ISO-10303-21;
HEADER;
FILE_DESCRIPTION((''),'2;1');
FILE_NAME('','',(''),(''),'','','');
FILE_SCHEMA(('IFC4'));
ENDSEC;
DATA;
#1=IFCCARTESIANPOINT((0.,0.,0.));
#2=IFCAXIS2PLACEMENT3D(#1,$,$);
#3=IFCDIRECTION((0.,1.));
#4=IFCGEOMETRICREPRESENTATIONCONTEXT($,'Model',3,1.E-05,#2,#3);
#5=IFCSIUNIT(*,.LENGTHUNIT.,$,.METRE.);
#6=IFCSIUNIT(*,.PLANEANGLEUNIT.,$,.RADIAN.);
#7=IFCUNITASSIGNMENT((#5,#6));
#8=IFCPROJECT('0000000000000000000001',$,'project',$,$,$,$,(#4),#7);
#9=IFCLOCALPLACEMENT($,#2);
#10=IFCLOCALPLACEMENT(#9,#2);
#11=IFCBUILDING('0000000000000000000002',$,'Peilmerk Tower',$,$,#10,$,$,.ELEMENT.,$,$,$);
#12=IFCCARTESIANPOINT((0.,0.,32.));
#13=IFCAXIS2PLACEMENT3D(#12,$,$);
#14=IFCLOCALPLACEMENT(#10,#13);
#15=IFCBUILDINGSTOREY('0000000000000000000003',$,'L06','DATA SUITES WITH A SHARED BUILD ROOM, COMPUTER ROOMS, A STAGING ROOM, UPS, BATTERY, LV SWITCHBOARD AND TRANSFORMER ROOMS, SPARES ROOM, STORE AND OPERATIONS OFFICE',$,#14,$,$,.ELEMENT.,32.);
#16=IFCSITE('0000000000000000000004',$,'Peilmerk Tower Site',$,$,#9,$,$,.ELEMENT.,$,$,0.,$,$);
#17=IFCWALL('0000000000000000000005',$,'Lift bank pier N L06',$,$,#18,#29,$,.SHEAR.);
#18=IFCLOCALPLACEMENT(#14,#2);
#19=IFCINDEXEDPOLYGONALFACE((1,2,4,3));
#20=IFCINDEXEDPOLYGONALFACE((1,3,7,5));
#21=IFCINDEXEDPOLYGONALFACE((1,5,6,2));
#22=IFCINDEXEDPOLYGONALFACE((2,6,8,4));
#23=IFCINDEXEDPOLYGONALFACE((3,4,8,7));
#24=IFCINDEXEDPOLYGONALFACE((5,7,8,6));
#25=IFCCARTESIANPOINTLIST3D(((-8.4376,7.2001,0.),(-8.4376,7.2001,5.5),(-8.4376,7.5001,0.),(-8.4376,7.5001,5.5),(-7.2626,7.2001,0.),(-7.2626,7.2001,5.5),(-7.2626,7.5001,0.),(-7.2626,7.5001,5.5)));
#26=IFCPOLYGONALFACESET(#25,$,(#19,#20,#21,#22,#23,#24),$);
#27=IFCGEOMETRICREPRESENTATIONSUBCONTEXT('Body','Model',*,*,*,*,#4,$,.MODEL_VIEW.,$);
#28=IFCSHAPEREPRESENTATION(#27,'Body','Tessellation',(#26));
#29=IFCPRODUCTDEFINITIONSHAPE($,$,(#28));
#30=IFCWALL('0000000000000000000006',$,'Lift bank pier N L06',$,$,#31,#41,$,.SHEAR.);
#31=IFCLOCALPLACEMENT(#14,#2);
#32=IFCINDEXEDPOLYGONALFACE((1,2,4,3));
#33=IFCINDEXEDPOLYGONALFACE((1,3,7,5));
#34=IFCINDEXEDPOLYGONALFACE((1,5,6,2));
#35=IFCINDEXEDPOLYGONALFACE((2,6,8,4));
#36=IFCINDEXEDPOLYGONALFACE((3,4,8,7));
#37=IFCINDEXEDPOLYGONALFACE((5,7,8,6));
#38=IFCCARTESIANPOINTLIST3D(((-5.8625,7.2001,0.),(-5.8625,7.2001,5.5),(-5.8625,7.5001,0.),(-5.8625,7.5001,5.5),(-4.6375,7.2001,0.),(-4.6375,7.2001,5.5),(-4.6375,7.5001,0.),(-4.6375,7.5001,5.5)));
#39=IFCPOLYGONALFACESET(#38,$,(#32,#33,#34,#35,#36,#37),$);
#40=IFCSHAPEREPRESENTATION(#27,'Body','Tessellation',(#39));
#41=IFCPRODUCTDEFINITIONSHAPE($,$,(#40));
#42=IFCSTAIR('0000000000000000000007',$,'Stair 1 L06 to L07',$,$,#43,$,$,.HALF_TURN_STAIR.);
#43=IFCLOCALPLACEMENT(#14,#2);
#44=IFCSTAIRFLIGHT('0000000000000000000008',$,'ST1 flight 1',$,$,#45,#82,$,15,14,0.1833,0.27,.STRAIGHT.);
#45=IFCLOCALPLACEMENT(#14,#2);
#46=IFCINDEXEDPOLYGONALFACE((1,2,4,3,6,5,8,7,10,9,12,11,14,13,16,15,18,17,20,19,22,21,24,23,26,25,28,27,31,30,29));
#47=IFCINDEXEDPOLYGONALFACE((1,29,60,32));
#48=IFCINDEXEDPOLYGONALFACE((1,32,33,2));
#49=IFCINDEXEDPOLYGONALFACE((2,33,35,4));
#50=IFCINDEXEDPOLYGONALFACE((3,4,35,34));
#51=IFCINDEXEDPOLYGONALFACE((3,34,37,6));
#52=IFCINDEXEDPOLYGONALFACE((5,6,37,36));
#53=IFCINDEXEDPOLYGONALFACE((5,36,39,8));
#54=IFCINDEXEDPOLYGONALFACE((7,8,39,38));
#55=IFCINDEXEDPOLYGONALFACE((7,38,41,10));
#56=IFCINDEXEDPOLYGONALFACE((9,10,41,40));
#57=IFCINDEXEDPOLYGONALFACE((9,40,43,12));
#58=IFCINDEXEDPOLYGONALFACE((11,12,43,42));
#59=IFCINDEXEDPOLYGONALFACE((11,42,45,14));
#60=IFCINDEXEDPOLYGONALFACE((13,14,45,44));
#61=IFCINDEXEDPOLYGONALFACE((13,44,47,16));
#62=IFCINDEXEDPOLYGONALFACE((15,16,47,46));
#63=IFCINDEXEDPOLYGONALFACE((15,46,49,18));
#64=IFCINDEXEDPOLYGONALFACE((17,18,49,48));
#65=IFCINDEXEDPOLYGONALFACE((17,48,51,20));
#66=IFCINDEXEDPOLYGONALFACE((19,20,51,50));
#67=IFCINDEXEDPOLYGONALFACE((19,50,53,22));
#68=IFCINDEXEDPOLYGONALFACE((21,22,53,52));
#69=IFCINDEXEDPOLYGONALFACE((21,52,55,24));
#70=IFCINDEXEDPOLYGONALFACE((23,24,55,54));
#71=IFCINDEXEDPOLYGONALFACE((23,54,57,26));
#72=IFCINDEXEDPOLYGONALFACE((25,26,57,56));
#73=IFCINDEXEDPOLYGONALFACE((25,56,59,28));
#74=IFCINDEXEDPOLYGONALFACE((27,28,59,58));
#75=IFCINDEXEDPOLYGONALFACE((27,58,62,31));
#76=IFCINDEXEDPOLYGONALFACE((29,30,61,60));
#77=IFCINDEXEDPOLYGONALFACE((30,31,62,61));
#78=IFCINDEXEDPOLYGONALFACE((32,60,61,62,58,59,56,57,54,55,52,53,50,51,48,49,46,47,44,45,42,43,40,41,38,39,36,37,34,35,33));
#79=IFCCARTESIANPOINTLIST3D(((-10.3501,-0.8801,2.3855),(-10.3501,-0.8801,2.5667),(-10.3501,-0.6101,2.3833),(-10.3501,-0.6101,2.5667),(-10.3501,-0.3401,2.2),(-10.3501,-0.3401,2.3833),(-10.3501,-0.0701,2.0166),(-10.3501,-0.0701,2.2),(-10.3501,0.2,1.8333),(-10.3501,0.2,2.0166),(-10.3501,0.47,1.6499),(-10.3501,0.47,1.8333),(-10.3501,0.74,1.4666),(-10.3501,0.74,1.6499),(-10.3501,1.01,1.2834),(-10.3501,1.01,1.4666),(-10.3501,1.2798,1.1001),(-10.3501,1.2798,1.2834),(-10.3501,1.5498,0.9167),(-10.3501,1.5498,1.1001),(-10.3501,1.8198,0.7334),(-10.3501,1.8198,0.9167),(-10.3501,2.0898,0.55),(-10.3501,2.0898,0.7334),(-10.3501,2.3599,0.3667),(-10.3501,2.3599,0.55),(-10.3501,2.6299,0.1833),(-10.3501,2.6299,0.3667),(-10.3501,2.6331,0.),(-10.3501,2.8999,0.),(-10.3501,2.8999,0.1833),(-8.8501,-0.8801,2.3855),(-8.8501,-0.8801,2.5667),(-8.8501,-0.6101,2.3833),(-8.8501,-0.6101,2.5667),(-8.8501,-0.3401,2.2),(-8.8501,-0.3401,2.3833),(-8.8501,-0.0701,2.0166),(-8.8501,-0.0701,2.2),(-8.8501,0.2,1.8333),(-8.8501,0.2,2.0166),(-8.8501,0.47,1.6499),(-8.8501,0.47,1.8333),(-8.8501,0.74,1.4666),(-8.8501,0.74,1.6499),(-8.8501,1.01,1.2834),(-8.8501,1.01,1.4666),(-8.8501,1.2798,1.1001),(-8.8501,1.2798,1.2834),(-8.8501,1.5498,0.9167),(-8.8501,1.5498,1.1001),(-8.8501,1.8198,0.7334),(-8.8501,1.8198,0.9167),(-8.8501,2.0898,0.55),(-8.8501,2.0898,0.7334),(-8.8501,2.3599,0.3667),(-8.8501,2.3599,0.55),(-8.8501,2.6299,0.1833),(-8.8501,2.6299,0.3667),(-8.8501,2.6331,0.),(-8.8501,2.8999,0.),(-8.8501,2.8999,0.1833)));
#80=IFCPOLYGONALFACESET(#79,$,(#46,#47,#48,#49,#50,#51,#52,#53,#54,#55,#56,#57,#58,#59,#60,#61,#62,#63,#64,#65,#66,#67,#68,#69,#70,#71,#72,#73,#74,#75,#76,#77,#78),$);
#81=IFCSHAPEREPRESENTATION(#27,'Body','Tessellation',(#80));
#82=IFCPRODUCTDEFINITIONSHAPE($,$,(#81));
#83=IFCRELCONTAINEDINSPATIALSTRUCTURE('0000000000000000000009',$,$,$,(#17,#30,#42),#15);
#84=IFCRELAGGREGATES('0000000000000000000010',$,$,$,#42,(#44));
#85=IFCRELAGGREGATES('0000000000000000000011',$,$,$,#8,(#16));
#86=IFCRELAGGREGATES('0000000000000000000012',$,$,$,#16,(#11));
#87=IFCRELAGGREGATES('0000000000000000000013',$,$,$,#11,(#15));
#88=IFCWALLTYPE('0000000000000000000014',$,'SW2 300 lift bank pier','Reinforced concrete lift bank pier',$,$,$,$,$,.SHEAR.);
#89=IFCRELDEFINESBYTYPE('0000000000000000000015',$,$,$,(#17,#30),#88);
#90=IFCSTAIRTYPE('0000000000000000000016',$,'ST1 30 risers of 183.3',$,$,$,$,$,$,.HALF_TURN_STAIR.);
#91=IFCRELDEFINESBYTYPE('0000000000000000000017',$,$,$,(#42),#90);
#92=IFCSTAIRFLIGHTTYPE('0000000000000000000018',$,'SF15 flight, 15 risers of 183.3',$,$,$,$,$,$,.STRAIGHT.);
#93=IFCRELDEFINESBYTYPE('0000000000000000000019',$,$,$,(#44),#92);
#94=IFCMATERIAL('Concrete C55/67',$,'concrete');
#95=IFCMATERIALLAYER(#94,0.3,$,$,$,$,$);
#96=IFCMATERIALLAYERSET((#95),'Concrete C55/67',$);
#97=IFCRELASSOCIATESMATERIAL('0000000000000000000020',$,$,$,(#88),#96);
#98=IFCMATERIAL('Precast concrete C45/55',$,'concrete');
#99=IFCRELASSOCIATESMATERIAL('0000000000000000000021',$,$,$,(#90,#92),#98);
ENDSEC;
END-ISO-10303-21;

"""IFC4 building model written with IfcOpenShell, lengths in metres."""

from ifc_helpers import new_model, si_unit, direction, frame, frame_2d, origin, place, context, subcontext, project, spatial, polyline, rectangle, outline, extrude, material, layer, layer_set, type_object, element, aggregate, save


model = new_model("IFC4")

# Units and contexts
model_context = context("Model", 3, precision=1e-05, world=origin(), true_north=direction((0.0, 1.0)))
body_context = subcontext(model_context, "Body", "Model", "MODEL_VIEW")
ifc_project = project(units=[si_unit("LENGTHUNIT", "METRE"), si_unit("PLANEANGLEUNIT", "RADIAN")], contexts=[model_context])

# Site, building, storey
site_placement = place(None, origin())
site = spatial("IfcSite", under=ifc_project, at=site_placement, Name="Peilmerk Tower Site", CompositionType="ELEMENT", RefElevation=0.0)
building_placement = place(site_placement, origin())
building = spatial("IfcBuilding", under=site, at=building_placement, Name="Peilmerk Tower", CompositionType="ELEMENT")
storey_placement = place(building_placement, frame((0.0, 0.0, 32.0)))
storey = spatial("IfcBuildingStorey", under=building, at=storey_placement, Name="L06", Description="DATA SUITES WITH A SHARED BUILD ROOM, COMPUTER ROOMS, A STAGING ROOM, UPS, BATTERY, LV SWITCHBOARD AND TRANSFORMER ROOMS, SPARES ROOM, STORE AND OPERATIONS OFFICE", CompositionType="ELEMENT", Elevation=32.0)

# Walls
ifc_material_1 = material(Name="Concrete C55/67", Category="concrete")
ifc_layer_1 = layer(ifc_material_1, 0.3)
ifc_layer_set_1 = layer_set([ifc_layer_1], Name="Concrete C55/67")
wall_type_1 = type_object("IfcWallType", Name="SW2 300 lift bank pier", Description="Reinforced concrete lift bank pier", PredefinedType="SHEAR", material=ifc_layer_set_1)
wall_1_placement = place(storey_placement, frame((-8.4375, 7.3501, 0.0), z_axis=(0.0, 0.0, 1.0), x_axis=(1.0, 0.0, 0.0)))
element("IfcWall", 1, at=wall_1_placement, inside=storey, type_object=wall_type_1, Name="Lift bank pier N L06", PredefinedType="SHEAR", context=body_context, shape_type="SweptSolid", body=[
    extrude(rectangle(XDim=1.175, YDim=0.3, at=frame_2d((0.5874, 0.0))), origin(), (0.0, 0.0, 1.0), 5.5),
])
wall_2_placement = place(storey_placement, frame((-5.8625, 7.3501, 0.0), z_axis=(0.0, 0.0, 1.0), x_axis=(1.0, 0.0, 0.0)))
element("IfcWall", 2, at=wall_2_placement, inside=storey, type_object=wall_type_1, Name="Lift bank pier N L06", PredefinedType="SHEAR", context=body_context, shape_type="SweptSolid", body=[
    extrude(rectangle(XDim=1.2251, YDim=0.3, at=frame_2d((0.6125, 0.0))), origin(), (0.0, 0.0, 1.0), 5.5),
])

# Stair, stair flight
ifc_material_2 = material(Name="Precast concrete C45/55", Category="concrete")
stair_type = type_object("IfcStairType", Name="ST1 30 risers of 183.3", PredefinedType="HALF_TURN_STAIR", material=ifc_material_2)
stair_placement = place(storey_placement, origin())
stair = element("IfcStair", 3, at=stair_placement, inside=storey, type_object=stair_type, Name="Stair 1 L06 to L07", PredefinedType="HALF_TURN_STAIR")
stair_flight_type = type_object("IfcStairFlightType", Name="SF15 flight, 15 risers of 183.3", PredefinedType="STRAIGHT", material=ifc_material_2)
stair_flight_placement = place(storey_placement, frame((-9.6001, 2.8999, 0.0), z_axis=(0.0, 0.0, 1.0), x_axis=(0.0, -1.0, 0.0)))
stair_flight = element("IfcStairFlight", 4, at=stair_flight_placement, type_object=stair_flight_type, Name="ST1 flight 1", NumberOfRisers=15, NumberOfTreads=14, PredefinedType="STRAIGHT", RiserHeight=0.1833, TreadLength=0.27, context=body_context, shape_type="SweptSolid", body=[
    extrude(outline(polyline([(0.0, 0.0), (0.0, 0.1833), (0.27, 0.1833), (0.27, 0.3667), (0.54, 0.3667), (0.54, 0.55), (0.8101, 0.55), (0.8101, 0.7334), (1.0801, 0.7334), (1.0801, 0.9167), (1.3501, 0.9167), (1.3501, 1.1001), (1.6201, 1.1001), (1.6201, 1.2834), (1.8899, 1.2834), (1.8899, 1.4666), (2.1599, 1.4666), (2.1599, 1.6499), (2.4299, 1.6499), (2.4299, 1.8333), (2.7, 1.8333), (2.7, 2.0166), (2.97, 2.0166), (2.97, 2.2), (3.24, 2.2), (3.24, 2.3833), (3.51, 2.3833), (3.51, 2.5667), (3.78, 2.5667), (3.78, 2.75), (3.78, 2.3855), (0.2668, 0.0), (0.0, 0.0)])), frame((0.0, 0.75, 0.0), z_axis=(0.0, -1.0, 0.0), x_axis=(1.0, 0.0, 0.0)), (0.0, 0.0, 1.0), 1.5),
])
aggregate(stair, [stair_flight])

save(model, "model.ifc")
